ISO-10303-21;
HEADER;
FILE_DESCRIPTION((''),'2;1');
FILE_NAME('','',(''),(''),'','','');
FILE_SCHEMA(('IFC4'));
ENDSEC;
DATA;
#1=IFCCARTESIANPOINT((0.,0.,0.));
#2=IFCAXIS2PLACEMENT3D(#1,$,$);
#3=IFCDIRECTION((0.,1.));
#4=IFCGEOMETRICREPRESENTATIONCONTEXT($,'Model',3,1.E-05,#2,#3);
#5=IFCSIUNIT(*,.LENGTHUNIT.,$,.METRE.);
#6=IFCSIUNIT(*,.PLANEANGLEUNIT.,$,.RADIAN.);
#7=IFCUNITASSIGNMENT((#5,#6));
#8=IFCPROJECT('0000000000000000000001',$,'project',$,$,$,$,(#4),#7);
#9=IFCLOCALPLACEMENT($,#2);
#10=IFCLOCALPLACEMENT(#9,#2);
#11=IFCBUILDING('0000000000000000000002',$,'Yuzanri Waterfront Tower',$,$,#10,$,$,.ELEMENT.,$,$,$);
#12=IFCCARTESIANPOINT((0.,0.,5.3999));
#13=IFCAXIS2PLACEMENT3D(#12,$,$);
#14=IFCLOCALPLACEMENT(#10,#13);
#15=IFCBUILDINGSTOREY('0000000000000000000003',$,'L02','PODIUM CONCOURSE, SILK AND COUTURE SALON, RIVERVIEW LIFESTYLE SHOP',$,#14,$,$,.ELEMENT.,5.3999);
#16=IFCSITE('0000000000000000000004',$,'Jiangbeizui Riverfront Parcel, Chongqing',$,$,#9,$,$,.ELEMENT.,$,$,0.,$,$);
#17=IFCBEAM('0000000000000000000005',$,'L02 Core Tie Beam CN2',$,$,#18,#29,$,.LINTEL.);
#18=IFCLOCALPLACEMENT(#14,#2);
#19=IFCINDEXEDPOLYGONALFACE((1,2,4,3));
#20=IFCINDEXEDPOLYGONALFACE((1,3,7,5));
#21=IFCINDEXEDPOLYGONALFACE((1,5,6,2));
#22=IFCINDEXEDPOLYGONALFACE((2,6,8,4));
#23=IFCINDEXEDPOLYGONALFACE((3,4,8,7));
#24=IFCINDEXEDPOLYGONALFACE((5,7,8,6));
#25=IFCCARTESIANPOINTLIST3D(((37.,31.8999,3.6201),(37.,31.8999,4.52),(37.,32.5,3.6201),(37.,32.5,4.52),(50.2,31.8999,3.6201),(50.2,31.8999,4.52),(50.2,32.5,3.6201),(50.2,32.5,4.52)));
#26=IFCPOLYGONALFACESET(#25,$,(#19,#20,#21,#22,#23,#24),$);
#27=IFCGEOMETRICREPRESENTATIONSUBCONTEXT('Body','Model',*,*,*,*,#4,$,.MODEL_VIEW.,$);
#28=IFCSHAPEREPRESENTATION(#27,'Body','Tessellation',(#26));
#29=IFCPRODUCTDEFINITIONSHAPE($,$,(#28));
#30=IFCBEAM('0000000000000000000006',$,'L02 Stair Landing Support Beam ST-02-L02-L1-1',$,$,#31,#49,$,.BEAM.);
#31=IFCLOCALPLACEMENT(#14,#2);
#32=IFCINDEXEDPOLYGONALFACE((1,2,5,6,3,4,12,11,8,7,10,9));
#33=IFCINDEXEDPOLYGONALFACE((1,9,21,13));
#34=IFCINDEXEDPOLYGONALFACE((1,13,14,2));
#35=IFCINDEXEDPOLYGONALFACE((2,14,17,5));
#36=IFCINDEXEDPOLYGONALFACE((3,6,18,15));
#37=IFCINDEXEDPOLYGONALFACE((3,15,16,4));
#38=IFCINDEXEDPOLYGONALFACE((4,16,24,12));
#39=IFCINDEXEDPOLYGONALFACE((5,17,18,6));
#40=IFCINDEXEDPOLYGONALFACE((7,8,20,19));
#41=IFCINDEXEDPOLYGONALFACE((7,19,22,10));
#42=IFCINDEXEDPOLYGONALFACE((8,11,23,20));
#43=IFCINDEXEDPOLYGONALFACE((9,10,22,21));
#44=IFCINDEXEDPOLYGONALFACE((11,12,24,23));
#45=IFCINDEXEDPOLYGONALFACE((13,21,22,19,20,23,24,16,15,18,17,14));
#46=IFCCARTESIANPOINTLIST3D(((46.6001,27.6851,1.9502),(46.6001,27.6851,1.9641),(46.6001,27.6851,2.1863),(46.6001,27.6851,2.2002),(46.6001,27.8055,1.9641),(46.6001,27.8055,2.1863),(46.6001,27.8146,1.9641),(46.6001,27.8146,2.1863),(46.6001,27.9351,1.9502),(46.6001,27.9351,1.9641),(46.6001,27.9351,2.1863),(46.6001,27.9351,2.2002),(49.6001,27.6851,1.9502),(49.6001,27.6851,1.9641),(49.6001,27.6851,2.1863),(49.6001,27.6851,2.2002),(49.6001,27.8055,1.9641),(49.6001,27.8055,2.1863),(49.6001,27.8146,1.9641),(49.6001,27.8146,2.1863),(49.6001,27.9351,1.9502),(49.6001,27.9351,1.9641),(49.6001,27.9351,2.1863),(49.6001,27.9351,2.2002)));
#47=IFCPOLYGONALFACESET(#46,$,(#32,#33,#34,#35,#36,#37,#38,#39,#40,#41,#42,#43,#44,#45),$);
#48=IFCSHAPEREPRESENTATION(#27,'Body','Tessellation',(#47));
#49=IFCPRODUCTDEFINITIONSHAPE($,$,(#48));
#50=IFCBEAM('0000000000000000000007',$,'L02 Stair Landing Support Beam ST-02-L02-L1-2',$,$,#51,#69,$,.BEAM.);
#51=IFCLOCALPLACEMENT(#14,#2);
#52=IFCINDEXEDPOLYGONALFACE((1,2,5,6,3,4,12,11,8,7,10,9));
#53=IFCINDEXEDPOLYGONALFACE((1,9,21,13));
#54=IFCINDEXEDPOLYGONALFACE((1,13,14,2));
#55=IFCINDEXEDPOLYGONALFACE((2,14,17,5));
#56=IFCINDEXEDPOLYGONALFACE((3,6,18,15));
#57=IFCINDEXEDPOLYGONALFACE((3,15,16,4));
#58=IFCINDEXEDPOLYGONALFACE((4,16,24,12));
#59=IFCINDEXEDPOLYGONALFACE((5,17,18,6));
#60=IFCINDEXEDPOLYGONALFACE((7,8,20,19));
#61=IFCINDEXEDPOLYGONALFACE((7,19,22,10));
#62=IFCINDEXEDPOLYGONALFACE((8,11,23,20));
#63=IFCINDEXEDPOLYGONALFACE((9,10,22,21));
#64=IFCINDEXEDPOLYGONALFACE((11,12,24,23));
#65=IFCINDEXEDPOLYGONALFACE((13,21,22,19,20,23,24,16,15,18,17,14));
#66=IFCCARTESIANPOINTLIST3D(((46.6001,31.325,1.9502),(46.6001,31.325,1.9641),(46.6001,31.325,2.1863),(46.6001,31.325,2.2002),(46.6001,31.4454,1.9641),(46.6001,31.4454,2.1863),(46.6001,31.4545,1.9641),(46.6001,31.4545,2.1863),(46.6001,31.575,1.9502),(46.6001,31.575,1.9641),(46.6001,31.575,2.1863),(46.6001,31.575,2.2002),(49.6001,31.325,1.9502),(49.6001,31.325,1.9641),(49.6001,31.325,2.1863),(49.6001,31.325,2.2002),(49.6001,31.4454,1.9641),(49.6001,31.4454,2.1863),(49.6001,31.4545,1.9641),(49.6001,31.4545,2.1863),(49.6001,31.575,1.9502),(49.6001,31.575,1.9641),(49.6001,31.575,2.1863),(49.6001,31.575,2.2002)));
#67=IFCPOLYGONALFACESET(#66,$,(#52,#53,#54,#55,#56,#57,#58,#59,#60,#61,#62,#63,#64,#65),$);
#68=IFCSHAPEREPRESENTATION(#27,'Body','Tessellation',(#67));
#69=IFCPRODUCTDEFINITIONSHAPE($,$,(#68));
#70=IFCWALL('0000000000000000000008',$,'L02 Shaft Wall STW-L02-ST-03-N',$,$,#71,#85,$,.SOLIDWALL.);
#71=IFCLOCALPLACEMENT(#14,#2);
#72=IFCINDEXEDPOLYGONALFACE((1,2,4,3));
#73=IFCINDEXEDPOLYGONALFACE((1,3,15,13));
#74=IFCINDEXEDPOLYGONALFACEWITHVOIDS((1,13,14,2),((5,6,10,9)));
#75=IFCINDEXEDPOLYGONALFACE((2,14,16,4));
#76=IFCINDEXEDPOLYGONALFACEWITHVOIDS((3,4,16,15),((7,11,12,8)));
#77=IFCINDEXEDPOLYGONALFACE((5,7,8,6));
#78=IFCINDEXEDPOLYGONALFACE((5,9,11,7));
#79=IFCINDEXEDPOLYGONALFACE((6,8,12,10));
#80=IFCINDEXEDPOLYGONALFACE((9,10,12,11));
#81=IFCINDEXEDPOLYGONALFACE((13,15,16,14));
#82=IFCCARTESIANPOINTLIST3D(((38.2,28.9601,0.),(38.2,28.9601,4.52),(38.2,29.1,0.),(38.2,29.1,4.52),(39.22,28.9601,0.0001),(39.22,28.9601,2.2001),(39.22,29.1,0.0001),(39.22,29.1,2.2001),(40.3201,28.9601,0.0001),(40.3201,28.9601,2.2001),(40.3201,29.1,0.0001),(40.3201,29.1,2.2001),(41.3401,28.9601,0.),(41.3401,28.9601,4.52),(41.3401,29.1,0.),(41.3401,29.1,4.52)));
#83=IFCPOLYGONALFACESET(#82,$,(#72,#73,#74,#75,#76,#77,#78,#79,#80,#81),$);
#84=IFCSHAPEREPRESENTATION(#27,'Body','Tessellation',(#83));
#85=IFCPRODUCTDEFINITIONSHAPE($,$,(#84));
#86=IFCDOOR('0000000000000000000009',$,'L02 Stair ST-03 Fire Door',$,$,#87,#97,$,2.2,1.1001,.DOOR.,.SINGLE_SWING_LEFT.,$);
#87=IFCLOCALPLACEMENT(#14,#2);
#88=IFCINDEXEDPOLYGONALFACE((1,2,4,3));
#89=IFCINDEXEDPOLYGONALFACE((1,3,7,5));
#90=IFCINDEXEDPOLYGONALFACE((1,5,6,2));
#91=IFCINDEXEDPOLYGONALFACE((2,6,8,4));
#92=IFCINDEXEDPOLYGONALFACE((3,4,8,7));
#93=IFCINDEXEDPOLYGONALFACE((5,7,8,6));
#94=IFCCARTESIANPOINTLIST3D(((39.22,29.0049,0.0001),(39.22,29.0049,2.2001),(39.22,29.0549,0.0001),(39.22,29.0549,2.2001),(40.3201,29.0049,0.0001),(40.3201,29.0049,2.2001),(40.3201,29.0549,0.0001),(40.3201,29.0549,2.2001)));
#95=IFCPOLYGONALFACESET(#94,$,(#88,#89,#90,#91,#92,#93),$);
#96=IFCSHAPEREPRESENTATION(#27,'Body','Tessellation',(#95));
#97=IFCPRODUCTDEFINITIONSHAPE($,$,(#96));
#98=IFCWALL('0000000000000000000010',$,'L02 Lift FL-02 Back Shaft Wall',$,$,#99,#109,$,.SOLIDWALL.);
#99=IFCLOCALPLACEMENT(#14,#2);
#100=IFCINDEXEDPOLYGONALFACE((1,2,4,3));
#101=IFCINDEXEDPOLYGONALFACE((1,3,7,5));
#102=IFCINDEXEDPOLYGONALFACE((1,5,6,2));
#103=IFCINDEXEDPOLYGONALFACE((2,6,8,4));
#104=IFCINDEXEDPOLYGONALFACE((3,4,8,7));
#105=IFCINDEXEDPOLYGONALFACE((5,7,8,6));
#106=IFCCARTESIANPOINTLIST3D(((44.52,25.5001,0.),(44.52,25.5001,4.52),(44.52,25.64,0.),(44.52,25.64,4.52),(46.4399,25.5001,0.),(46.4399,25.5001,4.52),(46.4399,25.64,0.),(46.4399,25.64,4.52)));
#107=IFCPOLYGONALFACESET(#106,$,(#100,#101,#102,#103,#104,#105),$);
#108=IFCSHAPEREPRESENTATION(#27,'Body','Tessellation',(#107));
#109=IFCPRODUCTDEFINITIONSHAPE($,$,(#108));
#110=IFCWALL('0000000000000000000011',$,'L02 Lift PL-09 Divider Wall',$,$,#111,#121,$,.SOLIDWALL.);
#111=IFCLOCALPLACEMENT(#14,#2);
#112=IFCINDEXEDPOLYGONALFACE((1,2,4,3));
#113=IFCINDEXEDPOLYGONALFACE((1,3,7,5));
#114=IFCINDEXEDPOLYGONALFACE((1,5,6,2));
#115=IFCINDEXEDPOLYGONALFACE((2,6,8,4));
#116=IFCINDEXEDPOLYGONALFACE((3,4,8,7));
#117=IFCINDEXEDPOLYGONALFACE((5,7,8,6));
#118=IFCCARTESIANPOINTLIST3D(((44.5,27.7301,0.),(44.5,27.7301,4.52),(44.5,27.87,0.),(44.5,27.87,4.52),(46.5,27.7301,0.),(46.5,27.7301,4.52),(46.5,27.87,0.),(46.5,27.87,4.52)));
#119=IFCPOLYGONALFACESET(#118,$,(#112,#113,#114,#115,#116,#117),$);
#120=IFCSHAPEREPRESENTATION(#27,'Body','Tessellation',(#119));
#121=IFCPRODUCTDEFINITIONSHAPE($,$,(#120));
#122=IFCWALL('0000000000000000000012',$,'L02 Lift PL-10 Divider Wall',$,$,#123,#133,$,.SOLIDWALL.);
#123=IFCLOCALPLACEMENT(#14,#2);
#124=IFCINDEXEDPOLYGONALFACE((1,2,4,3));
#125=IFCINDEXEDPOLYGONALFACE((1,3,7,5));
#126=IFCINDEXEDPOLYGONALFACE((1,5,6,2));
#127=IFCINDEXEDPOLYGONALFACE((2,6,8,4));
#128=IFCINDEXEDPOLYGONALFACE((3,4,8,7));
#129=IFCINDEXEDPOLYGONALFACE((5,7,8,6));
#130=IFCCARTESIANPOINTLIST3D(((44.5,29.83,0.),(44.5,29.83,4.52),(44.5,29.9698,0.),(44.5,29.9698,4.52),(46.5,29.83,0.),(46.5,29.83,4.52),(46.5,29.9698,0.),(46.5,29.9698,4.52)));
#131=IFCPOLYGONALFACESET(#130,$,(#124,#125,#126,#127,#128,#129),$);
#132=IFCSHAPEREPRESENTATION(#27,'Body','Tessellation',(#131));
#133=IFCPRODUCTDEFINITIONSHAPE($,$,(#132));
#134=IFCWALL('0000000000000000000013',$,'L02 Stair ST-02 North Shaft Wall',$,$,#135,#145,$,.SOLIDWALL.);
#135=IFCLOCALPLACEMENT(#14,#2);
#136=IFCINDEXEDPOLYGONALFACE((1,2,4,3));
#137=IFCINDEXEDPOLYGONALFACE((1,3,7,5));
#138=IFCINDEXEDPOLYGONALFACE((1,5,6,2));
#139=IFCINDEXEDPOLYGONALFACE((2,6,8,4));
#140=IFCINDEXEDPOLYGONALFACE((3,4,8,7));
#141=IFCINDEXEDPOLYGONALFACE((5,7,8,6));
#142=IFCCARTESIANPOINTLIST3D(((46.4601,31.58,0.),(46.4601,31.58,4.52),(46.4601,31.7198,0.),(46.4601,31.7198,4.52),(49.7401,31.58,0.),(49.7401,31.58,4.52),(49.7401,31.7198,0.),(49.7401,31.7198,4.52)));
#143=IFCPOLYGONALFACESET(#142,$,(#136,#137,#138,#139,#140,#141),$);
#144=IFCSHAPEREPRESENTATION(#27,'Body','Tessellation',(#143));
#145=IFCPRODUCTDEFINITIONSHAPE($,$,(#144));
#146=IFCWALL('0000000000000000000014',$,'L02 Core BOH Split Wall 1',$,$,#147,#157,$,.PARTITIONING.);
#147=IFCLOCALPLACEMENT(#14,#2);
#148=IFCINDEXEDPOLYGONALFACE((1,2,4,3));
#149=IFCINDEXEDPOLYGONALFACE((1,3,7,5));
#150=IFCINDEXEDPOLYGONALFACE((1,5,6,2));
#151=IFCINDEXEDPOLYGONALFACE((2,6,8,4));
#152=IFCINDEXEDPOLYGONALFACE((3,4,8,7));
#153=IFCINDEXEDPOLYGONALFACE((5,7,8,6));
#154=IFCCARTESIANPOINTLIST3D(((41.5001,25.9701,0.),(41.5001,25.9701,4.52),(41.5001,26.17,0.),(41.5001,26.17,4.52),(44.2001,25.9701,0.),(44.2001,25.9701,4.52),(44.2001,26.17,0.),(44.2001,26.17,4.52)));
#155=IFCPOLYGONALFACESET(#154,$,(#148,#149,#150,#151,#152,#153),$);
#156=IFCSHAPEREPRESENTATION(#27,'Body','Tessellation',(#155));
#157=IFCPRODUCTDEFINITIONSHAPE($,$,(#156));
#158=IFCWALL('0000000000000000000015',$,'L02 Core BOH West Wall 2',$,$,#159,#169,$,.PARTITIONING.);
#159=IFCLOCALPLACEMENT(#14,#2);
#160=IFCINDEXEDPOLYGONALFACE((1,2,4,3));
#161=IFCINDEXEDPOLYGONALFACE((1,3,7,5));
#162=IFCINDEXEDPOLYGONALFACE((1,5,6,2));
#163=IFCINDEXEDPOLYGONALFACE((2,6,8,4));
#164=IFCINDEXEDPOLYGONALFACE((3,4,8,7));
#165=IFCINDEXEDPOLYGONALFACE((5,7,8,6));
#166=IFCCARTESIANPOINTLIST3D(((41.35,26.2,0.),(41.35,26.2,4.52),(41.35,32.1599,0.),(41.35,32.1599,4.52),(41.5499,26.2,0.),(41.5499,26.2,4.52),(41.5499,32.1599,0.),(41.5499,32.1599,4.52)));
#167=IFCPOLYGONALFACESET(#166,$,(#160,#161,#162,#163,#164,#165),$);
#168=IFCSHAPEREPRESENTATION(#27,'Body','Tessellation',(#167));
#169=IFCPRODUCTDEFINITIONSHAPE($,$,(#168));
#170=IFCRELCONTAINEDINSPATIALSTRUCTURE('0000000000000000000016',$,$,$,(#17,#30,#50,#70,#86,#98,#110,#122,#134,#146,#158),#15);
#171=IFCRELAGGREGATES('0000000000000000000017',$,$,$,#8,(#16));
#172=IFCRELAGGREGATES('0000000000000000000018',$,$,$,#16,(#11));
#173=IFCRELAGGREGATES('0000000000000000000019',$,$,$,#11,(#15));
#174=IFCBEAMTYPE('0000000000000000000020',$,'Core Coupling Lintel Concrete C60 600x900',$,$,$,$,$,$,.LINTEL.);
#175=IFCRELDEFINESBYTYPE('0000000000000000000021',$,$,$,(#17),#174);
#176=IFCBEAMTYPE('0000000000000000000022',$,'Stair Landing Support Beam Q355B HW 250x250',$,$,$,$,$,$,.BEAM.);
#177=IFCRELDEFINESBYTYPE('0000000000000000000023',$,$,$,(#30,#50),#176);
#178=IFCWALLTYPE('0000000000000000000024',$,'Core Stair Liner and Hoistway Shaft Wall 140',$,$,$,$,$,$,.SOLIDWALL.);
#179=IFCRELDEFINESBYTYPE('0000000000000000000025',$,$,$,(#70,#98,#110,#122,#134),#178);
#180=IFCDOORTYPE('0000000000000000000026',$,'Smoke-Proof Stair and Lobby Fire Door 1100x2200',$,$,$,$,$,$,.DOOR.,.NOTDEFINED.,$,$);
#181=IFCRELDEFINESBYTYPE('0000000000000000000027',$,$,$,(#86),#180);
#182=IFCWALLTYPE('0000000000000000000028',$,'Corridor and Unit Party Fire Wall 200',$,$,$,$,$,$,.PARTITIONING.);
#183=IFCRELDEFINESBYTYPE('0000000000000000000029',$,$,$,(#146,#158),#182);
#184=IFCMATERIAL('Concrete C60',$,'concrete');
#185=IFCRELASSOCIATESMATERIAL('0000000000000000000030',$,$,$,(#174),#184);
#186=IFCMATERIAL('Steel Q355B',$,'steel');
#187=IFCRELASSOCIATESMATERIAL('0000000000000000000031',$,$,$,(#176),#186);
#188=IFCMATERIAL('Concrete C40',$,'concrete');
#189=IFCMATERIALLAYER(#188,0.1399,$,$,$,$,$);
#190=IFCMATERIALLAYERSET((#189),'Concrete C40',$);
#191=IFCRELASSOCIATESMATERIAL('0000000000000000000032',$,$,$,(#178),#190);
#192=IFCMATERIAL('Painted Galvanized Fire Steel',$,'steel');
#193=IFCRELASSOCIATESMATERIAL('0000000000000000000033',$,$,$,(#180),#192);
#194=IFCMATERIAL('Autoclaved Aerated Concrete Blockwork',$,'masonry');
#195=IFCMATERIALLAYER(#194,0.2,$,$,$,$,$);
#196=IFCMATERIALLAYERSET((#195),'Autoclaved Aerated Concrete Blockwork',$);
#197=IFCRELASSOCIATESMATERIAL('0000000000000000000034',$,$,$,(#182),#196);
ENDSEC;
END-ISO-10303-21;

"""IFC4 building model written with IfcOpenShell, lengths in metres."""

from ifc_helpers import new_model, si_unit, direction, frame, frame_2d, origin, origin_2d, place, context, subcontext, project, spatial, rectangle, i_section, extrude, source, transform, mapped, material, layer, layer_set, material_profile, profile_set, type_object, element, fill, save


model = new_model("IFC4")

# Units and contexts
model_context = context("Model", 3, precision=1e-05, world=origin(), true_north=direction((0.0, 1.0)))
body_context = subcontext(model_context, "Body", "Model", "MODEL_VIEW")
ifc_project = project(units=[si_unit("LENGTHUNIT", "METRE"), si_unit("PLANEANGLEUNIT", "RADIAN")], contexts=[model_context])

# Site, building, storey
site_placement = place(None, origin())
site = spatial("IfcSite", under=ifc_project, at=site_placement, Name="Jiangbeizui Riverfront Parcel, Chongqing", CompositionType="ELEMENT", RefElevation=0.0)
building_placement = place(site_placement, origin())
building = spatial("IfcBuilding", under=site, at=building_placement, Name="Yuzanri Waterfront Tower", CompositionType="ELEMENT")
storey_placement = place(building_placement, frame((0.0, 0.0, 5.3999)))
storey = spatial("IfcBuildingStorey", under=building, at=storey_placement, Name="L02", Description="PODIUM CONCOURSE, SILK AND COUTURE SALON, RIVERVIEW LIFESTYLE SHOP", CompositionType="ELEMENT", Elevation=5.3999)

# Beams
ifc_material_1 = material(Name="Concrete C60", Category="concrete")
ifc_material_profile_1 = material_profile(ifc_material_1, rectangle(XDim=0.6001, YDim=0.8999, at=origin_2d()), Name="RC 600x900")
ifc_profile_set_1 = profile_set([ifc_material_profile_1], Name="Concrete C60")
beam_type_1 = type_object("IfcBeamType", Name="Core Coupling Lintel Concrete C60 600x900", PredefinedType="LINTEL", material=ifc_profile_set_1)
shared_shape_1 = source(origin(), body_context, "Body", "SweptSolid", [
    extrude(rectangle(XDim=0.6001, YDim=0.8999, at=origin_2d()), origin(), (0.0, 0.0, 1.0), 13.2),
])
beam_placement = place(storey_placement, frame((37.0, 32.2, 4.0701), z_axis=(1.0, 0.0, 0.0), x_axis=(0.0, 1.0, 0.0)))
element("IfcBeam", 1, at=beam_placement, inside=storey, type_object=beam_type_1, Name="L02 Core Tie Beam CN2", PredefinedType="LINTEL", context=body_context, shape_type="MappedRepresentation", body=[
    mapped(shared_shape_1, transform((0.0, 0.0, 0.0), scale=1.0)),
])
ifc_material_2 = material(Name="Steel Q355B", Category="steel")
ifc_material_profile_2 = material_profile(ifc_material_2, i_section(OverallWidth=0.25, OverallDepth=0.25, WebThickness=0.009, FlangeThickness=0.0139, at=origin_2d()), Name="HW 250x250x9x14")
ifc_profile_set_2 = profile_set([ifc_material_profile_2], Name="Steel Q355B")
beam_type_2 = type_object("IfcBeamType", Name="Stair Landing Support Beam Q355B HW 250x250", PredefinedType="BEAM", material=ifc_profile_set_2)
shared_shape_2 = source(origin(), body_context, "Body", "SweptSolid", [
    extrude(i_section(OverallWidth=0.25, OverallDepth=0.25, WebThickness=0.009, FlangeThickness=0.0139, at=origin_2d()), origin(), (0.0, 0.0, 1.0), 3.0),
])
for number, where, z_axis, x_axis, name in (
    (2, (46.6001, 27.8101, 2.0752), (1.0, 0.0, 0.0), (0.0, 1.0, 0.0), "L02 Stair Landing Support Beam ST-02-L02-L1-1"),
    (3, (46.6001, 31.45, 2.0752), (1.0, 0.0, 0.0), (0.0, 1.0, 0.0), "L02 Stair Landing Support Beam ST-02-L02-L1-2"),
):
    element("IfcBeam", number, at=place(storey_placement, frame(where, z_axis=z_axis, x_axis=x_axis)), inside=storey, type_object=beam_type_2, Name=name, PredefinedType="BEAM", context=body_context, shape_type="MappedRepresentation", body=[
        mapped(shared_shape_2, transform((0.0, 0.0, 0.0), scale=1.0)),
    ])

# Wall, opening, door
ifc_material_3 = material(Name="Concrete C40", Category="concrete")
ifc_layer_1 = layer(ifc_material_3, 0.1399)
ifc_layer_set_1 = layer_set([ifc_layer_1], Name="Concrete C40")
wall_type_1 = type_object("IfcWallType", Name="Core Stair Liner and Hoistway Shaft Wall 140", PredefinedType="SOLIDWALL", material=ifc_layer_set_1)
wall_1_placement = place(storey_placement, frame((38.2, 29.03, 0.0), z_axis=(0.0, 0.0, 1.0), x_axis=(1.0, 0.0, 0.0)))
wall_1 = element("IfcWall", 4, at=wall_1_placement, inside=storey, type_object=wall_type_1, Name="L02 Shaft Wall STW-L02-ST-03-N", PredefinedType="SOLIDWALL", context=body_context, shape_type="SweptSolid", body=[
    extrude(rectangle(XDim=3.1401, YDim=0.1399, at=frame_2d((1.5701, 0.0))), origin(), (0.0, 0.0, 1.0), 4.52),
])
opening_placement = place(wall_1_placement, frame((1.02, 0.0, 0.0)))
opening = element("IfcOpeningElement", 5, at=opening_placement, cuts=wall_1, PredefinedType="OPENING", context=body_context, shape_type="SweptSolid", body=[
    extrude(rectangle(XDim=1.1001, YDim=2.2, at=frame_2d((0.55, 1.1001))), frame((0.0, 0.085, 0.0), z_axis=(0.0, -1.0, 0.0), x_axis=(1.0, 0.0, 0.0)), (0.0, 0.0, 1.0), 0.1697),
])
ifc_material_4 = material(Name="Painted Galvanized Fire Steel", Category="steel")
door_type = type_object("IfcDoorType", Name="Smoke-Proof Stair and Lobby Fire Door 1100x2200", OperationType="NOTDEFINED", PredefinedType="DOOR", material=ifc_material_4)
shared_shape_3 = source(origin(), body_context, "Body", "SweptSolid", [
    extrude(rectangle(XDim=1.1001, YDim=2.2, at=frame_2d((0.55, 1.1001))), frame((0.0, 0.0249, 0.0), z_axis=(0.0, -1.0, 0.0), x_axis=(1.0, 0.0, 0.0)), (0.0, 0.0, 1.0), 0.05),
])
door_placement = place(opening_placement, origin())
door = element("IfcDoor", 6, at=door_placement, inside=storey, type_object=door_type, Name="L02 Stair ST-03 Fire Door", OperationType="SINGLE_SWING_LEFT", OverallHeight=2.2, OverallWidth=1.1001, PredefinedType="DOOR", context=body_context, shape_type="MappedRepresentation", body=[
    mapped(shared_shape_3, transform((0.0, 0.0, 0.0), scale=1.0)),
])
fill(opening, door)

# Walls
shared_shape_4 = source(origin(), body_context, "Body", "SweptSolid", [
    extrude(rectangle(XDim=1.9199, YDim=0.1399, at=frame_2d((0.96, 0.0))), origin(), (0.0, 0.0, 1.0), 4.52),
])
wall_2_placement = place(storey_placement, frame((44.52, 25.5701, 0.0), z_axis=(0.0, 0.0, 1.0), x_axis=(1.0, 0.0, 0.0)))
element("IfcWall", 7, at=wall_2_placement, inside=storey, type_object=wall_type_1, Name="L02 Lift FL-02 Back Shaft Wall", PredefinedType="SOLIDWALL", context=body_context, shape_type="MappedRepresentation", body=[
    mapped(shared_shape_4, transform((0.0, 0.0, 0.0), scale=1.0)),
])
shared_shape_5 = source(origin(), body_context, "Body", "SweptSolid", [
    extrude(rectangle(XDim=2.0, YDim=0.1399, at=frame_2d((1.0, 0.0))), origin(), (0.0, 0.0, 1.0), 4.52),
])
for number, where, z_axis, x_axis, name in (
    (8, (44.5, 27.8, 0.0), (0.0, 0.0, 1.0), (1.0, 0.0, 0.0), "L02 Lift PL-09 Divider Wall"),
    (9, (44.5, 29.8999, 0.0), (0.0, 0.0, 1.0), (1.0, 0.0, 0.0), "L02 Lift PL-10 Divider Wall"),
):
    element("IfcWall", number, at=place(storey_placement, frame(where, z_axis=z_axis, x_axis=x_axis)), inside=storey, type_object=wall_type_1, Name=name, PredefinedType="SOLIDWALL", context=body_context, shape_type="MappedRepresentation", body=[
        mapped(shared_shape_5, transform((0.0, 0.0, 0.0), scale=1.0)),
    ])
shared_shape_6 = source(origin(), body_context, "Body", "SweptSolid", [
    extrude(rectangle(XDim=3.28, YDim=0.1399, at=frame_2d((1.6401, 0.0))), origin(), (0.0, 0.0, 1.0), 4.52),
])
wall_3_placement = place(storey_placement, frame((46.46, 31.6499, 0.0), z_axis=(0.0, 0.0, 1.0), x_axis=(1.0, 0.0, 0.0)))
element("IfcWall", 10, at=wall_3_placement, inside=storey, type_object=wall_type_1, Name="L02 Stair ST-02 North Shaft Wall", PredefinedType="SOLIDWALL", context=body_context, shape_type="MappedRepresentation", body=[
    mapped(shared_shape_6, transform((0.0, 0.0, 0.0), scale=1.0)),
])
ifc_material_5 = material(Name="Autoclaved Aerated Concrete Blockwork", Category="masonry")
ifc_layer_2 = layer(ifc_material_5, 0.2)
ifc_layer_set_2 = layer_set([ifc_layer_2], Name="Autoclaved Aerated Concrete Blockwork")
wall_type_2 = type_object("IfcWallType", Name="Corridor and Unit Party Fire Wall 200", PredefinedType="PARTITIONING", material=ifc_layer_set_2)
shared_shape_7 = source(origin(), body_context, "Body", "SweptSolid", [
    extrude(rectangle(XDim=2.7, YDim=0.2, at=frame_2d((1.3501, 0.0))), origin(), (0.0, 0.0, 1.0), 4.52),
])
wall_4_placement = place(storey_placement, frame((41.5, 26.0701, 0.0), z_axis=(0.0, 0.0, 1.0), x_axis=(1.0, 0.0, 0.0)))
element("IfcWall", 11, at=wall_4_placement, inside=storey, type_object=wall_type_2, Name="L02 Core BOH Split Wall 1", PredefinedType="PARTITIONING", context=body_context, shape_type="MappedRepresentation", body=[
    mapped(shared_shape_7, transform((0.0, 0.0, 0.0), scale=1.0)),
])
shared_shape_8 = source(origin(), body_context, "Body", "SweptSolid", [
    extrude(rectangle(XDim=5.96, YDim=0.2, at=frame_2d((2.98, 0.0))), origin(), (0.0, 0.0, 1.0), 4.52),
])
wall_5_placement = place(storey_placement, frame((41.45, 26.2, 0.0), z_axis=(0.0, 0.0, 1.0), x_axis=(0.0, 1.0, 0.0)))
element("IfcWall", 12, at=wall_5_placement, inside=storey, type_object=wall_type_2, Name="L02 Core BOH West Wall 2", PredefinedType="PARTITIONING", context=body_context, shape_type="MappedRepresentation", body=[
    mapped(shared_shape_8, transform((0.0, 0.0, 0.0), scale=1.0)),
])

save(model, "model.ifc")
